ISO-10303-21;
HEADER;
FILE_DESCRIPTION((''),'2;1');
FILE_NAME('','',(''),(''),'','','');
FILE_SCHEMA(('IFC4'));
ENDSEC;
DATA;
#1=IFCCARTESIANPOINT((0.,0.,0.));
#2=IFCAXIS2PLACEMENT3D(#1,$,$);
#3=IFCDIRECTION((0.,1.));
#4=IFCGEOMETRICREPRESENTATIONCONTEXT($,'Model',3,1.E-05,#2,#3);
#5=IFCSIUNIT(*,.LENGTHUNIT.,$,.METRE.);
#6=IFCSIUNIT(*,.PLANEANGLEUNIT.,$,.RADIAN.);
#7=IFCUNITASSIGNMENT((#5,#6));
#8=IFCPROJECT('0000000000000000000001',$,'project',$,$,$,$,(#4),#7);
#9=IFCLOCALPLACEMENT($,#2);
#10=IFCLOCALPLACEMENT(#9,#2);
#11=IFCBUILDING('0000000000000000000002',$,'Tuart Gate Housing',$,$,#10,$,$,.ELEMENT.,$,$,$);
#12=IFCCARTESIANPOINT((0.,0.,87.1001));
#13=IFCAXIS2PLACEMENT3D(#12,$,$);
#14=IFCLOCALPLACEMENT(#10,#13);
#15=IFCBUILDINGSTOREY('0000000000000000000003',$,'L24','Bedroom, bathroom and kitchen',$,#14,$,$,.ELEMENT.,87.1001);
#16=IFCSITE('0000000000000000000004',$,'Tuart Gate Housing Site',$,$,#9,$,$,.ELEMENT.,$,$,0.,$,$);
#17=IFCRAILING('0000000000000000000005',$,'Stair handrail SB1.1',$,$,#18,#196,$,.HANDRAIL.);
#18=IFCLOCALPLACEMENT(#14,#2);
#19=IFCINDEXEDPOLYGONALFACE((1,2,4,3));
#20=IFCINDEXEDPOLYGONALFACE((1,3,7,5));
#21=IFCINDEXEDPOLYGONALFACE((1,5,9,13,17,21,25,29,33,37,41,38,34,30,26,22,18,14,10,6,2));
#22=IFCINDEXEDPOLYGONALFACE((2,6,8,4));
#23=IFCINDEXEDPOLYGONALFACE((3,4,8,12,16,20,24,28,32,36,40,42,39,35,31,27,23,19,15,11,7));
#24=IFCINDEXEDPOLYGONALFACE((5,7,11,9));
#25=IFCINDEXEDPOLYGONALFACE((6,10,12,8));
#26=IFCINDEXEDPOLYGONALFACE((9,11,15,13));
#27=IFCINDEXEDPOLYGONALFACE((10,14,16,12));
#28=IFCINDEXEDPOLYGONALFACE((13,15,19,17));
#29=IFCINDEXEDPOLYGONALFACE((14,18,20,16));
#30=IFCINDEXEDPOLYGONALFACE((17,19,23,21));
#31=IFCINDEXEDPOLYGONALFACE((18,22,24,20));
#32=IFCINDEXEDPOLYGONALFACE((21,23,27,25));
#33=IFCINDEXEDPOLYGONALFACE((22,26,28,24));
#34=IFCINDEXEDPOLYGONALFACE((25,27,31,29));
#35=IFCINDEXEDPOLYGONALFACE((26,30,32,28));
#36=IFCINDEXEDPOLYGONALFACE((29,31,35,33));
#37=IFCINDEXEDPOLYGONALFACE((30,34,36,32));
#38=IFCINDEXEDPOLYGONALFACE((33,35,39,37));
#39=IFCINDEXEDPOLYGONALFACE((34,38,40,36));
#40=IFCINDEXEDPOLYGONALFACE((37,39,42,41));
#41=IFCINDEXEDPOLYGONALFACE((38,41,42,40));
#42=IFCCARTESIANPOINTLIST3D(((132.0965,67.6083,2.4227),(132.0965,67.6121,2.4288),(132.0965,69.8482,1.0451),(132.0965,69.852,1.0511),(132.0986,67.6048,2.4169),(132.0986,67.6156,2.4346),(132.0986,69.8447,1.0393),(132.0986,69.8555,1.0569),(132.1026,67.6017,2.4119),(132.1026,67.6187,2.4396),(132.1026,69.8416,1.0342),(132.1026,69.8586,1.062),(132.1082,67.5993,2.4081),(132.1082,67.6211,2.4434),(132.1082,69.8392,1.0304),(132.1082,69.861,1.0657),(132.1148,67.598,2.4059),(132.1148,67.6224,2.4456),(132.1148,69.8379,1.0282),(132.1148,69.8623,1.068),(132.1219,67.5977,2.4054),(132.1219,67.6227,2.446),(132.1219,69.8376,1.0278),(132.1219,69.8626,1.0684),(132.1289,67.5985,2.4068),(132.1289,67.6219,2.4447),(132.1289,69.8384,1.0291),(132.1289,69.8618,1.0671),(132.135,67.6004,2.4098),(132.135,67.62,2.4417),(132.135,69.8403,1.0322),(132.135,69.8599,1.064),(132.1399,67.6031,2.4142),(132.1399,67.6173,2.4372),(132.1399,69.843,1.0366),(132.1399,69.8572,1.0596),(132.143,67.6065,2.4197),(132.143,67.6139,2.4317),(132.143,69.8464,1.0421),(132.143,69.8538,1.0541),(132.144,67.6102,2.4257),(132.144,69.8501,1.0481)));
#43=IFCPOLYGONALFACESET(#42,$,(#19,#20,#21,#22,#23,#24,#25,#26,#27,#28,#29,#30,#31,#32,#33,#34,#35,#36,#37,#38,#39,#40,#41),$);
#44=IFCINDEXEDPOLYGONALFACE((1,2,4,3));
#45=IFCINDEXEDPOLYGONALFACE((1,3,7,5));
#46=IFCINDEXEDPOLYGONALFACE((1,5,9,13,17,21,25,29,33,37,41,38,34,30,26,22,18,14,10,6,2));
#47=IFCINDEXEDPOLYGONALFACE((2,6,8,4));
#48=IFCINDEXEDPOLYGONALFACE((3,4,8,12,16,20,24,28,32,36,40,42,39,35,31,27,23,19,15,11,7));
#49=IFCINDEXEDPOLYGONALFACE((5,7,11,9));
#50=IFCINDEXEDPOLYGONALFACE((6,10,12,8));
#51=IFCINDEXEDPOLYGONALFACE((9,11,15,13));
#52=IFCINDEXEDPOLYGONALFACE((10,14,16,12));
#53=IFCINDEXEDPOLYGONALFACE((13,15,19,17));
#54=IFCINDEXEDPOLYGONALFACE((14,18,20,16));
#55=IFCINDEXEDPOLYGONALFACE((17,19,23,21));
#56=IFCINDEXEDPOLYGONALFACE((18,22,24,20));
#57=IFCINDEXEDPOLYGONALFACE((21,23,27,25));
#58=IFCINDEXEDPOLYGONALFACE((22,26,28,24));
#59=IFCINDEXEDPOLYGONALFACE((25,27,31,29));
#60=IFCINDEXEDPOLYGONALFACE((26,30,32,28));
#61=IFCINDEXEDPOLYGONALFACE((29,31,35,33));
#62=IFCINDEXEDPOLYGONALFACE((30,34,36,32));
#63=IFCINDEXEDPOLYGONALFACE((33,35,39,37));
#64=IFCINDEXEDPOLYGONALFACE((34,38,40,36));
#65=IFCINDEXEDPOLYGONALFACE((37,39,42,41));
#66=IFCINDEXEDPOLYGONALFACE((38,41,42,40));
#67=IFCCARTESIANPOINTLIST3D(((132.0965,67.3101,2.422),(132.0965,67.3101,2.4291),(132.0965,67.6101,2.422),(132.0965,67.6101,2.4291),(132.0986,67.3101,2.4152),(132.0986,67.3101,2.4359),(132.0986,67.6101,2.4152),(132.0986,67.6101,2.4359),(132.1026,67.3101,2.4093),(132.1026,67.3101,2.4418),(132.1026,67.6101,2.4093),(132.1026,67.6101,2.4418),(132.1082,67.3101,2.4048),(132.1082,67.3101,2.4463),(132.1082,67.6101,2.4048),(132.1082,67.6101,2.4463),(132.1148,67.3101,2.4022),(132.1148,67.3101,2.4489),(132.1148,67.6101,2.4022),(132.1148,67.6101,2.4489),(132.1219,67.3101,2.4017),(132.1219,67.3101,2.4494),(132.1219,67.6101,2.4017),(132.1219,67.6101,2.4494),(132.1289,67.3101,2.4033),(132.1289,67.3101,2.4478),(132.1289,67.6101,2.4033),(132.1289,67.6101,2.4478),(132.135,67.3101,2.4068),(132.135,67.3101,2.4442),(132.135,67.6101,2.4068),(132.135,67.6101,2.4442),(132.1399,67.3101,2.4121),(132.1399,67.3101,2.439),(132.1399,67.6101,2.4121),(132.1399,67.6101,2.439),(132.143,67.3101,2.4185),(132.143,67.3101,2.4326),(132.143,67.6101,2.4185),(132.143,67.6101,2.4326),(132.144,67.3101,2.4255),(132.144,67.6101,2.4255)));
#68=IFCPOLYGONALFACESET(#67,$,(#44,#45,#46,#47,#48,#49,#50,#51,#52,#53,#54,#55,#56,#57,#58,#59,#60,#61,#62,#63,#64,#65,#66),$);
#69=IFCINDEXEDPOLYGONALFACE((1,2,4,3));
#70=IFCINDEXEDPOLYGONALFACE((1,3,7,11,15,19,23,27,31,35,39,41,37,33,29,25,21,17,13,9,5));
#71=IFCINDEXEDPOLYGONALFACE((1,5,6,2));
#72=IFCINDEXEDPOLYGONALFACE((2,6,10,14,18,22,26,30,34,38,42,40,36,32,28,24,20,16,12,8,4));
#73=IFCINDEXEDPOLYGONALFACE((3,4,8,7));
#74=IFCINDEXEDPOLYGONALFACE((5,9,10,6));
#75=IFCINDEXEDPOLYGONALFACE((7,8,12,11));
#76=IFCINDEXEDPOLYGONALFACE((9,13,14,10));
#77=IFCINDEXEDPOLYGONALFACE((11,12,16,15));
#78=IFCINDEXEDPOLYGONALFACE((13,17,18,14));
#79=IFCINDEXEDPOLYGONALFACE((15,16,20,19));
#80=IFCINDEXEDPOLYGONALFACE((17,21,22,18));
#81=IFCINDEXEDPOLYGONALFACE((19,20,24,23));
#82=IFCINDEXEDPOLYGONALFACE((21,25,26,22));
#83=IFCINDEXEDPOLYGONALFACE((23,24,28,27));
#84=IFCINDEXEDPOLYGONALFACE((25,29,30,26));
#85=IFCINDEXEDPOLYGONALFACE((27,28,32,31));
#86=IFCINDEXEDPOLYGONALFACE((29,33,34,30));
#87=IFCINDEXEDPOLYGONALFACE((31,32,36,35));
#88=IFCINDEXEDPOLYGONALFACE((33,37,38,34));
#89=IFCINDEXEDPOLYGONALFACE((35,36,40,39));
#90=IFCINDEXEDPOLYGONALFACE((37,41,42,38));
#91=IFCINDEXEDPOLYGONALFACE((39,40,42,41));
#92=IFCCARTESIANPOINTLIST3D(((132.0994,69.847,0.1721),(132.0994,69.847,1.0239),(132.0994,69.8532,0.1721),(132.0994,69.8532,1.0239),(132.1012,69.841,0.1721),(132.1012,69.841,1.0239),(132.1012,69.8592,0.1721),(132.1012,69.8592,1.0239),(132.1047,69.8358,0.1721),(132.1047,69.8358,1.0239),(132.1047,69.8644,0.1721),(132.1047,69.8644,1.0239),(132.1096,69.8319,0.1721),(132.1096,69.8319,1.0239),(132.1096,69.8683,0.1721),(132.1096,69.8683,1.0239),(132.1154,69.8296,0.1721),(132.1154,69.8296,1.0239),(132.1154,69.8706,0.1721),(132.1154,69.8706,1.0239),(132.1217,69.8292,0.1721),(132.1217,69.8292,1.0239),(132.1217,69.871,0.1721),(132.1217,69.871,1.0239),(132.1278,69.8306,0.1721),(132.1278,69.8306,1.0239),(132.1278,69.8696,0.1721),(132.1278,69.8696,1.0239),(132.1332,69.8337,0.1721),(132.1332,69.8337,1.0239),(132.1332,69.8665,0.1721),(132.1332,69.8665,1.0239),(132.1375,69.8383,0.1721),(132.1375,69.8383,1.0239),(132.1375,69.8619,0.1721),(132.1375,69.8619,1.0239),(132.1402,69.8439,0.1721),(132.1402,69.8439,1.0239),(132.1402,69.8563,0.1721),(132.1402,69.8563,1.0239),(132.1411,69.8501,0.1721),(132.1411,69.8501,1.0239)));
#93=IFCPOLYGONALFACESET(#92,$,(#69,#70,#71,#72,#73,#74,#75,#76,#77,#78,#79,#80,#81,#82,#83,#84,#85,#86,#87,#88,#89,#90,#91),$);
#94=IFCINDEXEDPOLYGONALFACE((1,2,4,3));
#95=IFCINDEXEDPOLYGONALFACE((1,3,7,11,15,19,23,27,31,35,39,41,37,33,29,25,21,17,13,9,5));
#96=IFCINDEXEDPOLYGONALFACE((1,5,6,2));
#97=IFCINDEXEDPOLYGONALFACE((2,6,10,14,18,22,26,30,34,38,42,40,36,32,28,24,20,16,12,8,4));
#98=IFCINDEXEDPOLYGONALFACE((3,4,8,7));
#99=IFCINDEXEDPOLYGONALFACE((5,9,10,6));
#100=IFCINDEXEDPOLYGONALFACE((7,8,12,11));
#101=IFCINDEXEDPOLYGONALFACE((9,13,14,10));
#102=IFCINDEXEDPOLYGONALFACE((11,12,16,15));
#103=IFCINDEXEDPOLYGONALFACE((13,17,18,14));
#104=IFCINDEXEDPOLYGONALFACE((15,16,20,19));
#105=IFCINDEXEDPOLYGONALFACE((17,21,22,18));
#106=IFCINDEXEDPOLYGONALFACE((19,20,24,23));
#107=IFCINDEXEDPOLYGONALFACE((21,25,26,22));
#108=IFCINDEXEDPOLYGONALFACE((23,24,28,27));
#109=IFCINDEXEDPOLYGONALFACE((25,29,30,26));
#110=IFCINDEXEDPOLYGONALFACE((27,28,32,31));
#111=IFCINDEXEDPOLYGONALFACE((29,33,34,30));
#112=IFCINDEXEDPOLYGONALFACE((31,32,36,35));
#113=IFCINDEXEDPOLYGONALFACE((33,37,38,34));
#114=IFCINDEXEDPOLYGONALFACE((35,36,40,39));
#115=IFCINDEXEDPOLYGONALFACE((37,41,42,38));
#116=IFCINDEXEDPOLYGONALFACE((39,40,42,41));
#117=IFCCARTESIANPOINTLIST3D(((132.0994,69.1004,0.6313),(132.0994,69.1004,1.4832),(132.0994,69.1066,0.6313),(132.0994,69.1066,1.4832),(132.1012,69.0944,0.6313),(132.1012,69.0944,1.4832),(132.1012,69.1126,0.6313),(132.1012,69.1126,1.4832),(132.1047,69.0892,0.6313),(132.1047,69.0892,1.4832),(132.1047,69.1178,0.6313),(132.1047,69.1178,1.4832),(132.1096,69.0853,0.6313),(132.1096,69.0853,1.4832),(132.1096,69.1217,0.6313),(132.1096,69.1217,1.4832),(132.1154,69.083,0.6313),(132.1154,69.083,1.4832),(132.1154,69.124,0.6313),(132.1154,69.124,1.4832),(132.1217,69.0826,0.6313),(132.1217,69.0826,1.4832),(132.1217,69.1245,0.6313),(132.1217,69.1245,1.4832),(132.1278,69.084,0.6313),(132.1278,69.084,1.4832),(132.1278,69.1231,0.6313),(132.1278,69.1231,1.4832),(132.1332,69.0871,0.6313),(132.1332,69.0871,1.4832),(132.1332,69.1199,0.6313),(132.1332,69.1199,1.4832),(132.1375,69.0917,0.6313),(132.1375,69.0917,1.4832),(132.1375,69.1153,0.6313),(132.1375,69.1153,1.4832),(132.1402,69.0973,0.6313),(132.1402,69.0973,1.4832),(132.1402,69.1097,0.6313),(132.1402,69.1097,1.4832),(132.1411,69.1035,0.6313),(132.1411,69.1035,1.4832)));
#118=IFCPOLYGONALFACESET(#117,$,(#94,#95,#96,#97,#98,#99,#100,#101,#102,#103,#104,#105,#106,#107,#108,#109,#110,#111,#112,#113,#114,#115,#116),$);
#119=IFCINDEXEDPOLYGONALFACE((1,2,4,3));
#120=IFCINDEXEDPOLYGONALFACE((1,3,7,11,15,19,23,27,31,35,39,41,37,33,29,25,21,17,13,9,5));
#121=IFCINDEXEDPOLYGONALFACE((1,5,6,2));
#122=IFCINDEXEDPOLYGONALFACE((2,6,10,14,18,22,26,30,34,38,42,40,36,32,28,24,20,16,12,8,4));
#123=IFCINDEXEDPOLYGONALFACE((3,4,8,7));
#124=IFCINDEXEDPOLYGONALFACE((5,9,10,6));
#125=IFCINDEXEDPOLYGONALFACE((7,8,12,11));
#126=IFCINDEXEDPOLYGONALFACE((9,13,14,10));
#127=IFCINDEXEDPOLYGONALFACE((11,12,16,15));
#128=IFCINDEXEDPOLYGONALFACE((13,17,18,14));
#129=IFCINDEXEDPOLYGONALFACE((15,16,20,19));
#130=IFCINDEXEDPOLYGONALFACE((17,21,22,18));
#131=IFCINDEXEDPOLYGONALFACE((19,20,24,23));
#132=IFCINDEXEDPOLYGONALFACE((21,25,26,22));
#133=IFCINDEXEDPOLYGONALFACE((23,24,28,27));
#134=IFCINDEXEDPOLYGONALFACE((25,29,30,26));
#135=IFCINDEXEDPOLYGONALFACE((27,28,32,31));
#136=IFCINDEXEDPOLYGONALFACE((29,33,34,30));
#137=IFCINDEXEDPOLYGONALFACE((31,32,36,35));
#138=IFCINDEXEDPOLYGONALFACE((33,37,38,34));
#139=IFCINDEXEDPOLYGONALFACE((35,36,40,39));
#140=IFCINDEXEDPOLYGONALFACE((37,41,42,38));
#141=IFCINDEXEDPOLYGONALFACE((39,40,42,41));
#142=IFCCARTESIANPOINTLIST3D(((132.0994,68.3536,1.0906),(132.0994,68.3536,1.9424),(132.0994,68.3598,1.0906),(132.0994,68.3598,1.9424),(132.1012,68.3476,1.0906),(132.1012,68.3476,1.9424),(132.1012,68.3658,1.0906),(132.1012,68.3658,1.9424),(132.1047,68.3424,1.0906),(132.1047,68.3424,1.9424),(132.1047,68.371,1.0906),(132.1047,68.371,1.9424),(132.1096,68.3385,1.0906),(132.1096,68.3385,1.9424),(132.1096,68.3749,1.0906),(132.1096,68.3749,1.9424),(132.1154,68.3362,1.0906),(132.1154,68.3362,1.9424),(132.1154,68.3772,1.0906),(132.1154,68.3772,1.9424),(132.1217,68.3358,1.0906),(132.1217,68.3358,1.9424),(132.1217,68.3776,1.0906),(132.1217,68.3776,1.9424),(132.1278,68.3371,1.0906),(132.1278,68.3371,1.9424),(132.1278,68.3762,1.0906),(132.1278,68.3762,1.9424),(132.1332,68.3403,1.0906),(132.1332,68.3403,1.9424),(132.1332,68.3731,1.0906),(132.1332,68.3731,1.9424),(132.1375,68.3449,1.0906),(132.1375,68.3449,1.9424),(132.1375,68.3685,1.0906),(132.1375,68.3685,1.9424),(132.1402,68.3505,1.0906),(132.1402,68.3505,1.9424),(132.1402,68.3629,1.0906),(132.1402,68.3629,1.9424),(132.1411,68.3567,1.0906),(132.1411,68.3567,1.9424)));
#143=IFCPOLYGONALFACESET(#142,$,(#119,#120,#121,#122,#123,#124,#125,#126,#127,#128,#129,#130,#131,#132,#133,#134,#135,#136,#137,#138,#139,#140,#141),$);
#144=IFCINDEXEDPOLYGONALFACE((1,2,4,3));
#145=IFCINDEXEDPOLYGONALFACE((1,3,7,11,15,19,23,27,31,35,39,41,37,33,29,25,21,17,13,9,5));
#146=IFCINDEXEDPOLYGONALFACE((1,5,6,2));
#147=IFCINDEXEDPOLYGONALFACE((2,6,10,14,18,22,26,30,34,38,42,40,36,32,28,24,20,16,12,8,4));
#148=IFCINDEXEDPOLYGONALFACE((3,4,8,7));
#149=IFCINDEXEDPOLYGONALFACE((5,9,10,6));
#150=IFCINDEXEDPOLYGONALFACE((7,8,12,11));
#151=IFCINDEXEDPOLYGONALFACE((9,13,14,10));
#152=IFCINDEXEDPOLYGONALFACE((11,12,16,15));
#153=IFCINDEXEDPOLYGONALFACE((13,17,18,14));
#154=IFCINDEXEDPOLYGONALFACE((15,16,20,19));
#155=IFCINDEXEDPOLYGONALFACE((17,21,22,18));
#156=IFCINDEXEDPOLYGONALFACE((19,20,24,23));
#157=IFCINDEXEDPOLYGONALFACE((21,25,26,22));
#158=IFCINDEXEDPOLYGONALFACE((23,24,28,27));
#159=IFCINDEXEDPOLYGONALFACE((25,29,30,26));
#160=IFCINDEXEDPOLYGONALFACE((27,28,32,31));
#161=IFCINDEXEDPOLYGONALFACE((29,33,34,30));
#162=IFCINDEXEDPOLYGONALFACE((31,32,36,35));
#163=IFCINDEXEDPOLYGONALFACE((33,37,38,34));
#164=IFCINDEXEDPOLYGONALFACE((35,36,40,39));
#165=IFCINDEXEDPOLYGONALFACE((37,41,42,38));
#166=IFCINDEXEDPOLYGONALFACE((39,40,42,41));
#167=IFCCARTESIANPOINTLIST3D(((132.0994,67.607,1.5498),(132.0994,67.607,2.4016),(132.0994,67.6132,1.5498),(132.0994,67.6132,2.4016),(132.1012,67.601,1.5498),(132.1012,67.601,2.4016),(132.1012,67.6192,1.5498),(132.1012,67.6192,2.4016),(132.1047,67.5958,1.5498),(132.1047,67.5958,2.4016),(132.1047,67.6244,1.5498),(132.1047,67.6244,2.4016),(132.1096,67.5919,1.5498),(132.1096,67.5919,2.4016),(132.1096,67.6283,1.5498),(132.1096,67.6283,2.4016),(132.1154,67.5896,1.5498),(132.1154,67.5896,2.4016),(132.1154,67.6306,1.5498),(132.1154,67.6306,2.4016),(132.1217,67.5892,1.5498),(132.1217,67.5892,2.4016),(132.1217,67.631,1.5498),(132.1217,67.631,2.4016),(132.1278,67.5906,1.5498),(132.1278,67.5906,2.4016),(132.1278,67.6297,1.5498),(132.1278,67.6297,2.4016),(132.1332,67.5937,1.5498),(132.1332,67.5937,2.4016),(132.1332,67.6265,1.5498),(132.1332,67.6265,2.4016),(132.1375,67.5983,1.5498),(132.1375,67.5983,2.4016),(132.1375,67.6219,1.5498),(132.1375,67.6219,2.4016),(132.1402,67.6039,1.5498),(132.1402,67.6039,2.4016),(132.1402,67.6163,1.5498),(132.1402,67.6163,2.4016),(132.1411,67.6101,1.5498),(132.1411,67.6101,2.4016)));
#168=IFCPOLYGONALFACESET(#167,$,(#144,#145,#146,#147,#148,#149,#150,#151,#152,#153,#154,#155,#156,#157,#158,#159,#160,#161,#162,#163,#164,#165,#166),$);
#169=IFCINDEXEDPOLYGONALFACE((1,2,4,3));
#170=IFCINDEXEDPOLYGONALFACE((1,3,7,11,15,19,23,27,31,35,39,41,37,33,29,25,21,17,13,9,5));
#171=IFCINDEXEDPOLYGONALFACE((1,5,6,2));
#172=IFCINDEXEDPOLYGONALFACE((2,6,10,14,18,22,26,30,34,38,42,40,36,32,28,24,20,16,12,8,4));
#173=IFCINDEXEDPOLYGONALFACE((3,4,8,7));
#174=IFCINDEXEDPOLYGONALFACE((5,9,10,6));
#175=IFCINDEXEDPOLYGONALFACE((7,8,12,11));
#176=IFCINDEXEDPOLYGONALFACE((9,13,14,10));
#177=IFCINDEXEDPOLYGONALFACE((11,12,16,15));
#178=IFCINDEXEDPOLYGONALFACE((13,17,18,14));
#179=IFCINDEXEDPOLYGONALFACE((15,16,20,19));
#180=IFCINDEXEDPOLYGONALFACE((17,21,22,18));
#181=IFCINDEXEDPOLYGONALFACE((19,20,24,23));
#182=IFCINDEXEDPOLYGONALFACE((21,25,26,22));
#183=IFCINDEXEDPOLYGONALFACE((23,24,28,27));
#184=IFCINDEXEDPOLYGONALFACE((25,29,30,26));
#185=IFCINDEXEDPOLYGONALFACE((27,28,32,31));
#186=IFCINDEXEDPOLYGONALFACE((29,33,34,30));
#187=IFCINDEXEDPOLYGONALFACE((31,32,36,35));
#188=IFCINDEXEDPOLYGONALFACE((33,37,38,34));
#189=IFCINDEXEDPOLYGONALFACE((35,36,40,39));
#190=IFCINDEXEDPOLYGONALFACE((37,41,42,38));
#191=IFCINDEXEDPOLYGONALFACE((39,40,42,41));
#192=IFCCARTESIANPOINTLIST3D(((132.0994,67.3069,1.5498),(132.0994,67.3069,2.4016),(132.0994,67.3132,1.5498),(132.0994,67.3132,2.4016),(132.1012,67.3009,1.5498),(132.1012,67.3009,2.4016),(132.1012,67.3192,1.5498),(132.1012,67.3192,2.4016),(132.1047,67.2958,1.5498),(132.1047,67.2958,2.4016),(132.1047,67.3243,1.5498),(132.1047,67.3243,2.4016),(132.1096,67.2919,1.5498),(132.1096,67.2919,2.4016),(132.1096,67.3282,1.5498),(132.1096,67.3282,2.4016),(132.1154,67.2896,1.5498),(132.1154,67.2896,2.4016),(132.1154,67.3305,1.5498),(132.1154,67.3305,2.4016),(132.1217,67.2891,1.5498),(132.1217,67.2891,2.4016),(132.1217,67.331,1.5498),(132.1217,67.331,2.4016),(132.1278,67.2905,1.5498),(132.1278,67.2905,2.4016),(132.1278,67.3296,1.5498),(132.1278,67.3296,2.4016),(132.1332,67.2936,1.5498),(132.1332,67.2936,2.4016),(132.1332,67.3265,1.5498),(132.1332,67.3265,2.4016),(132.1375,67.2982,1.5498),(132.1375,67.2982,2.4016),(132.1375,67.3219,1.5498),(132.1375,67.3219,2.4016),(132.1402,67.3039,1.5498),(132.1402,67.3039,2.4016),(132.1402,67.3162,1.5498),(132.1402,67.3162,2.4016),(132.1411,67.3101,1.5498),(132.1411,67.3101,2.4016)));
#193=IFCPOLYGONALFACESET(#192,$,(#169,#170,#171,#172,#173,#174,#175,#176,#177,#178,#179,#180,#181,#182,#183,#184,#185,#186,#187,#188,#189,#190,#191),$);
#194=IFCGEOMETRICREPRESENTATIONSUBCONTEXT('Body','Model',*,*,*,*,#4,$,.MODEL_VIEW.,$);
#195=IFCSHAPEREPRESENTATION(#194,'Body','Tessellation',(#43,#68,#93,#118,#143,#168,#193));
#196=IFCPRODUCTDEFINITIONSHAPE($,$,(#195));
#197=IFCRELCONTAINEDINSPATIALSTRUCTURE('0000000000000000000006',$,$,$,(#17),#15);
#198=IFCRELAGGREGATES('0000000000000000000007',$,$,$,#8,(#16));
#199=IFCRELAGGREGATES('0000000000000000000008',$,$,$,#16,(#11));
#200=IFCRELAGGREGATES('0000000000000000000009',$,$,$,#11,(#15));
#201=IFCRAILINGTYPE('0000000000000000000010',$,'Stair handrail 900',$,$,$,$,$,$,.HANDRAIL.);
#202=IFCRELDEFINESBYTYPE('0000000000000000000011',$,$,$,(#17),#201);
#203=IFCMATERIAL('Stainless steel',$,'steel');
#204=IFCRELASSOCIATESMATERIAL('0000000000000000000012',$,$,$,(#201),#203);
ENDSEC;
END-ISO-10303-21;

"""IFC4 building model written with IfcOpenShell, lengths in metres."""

from ifc_helpers import new_model, si_unit, direction, frame, origin, origin_2d, place, context, subcontext, project, spatial, circle, extrude, material, type_object, element, save


model = new_model("IFC4")

# Units and contexts
model_context = context("Model", 3, precision=1e-05, world=origin(), true_north=direction((0.0, 1.0)))
body_context = subcontext(model_context, "Body", "Model", "MODEL_VIEW")
ifc_project = project(units=[si_unit("LENGTHUNIT", "METRE"), si_unit("PLANEANGLEUNIT", "RADIAN")], contexts=[model_context])

# Site, building, storey
site_placement = place(None, origin())
site = spatial("IfcSite", under=ifc_project, at=site_placement, Name="Tuart Gate Housing Site", CompositionType="ELEMENT", RefElevation=0.0)
building_placement = place(site_placement, origin())
building = spatial("IfcBuilding", under=site, at=building_placement, Name="Tuart Gate Housing", CompositionType="ELEMENT")
storey_placement = place(building_placement, frame((0.0, 0.0, 87.1001)))
storey = spatial("IfcBuildingStorey", under=building, at=storey_placement, Name="L24", Description="Bedroom, bathroom and kitchen", CompositionType="ELEMENT", Elevation=87.1001)

# Railing
ifc_material_1 = material(Name="Stainless steel", Category="steel")
railing_type = type_object("IfcRailingType", Name="Stair handrail 900", PredefinedType="HANDRAIL", material=ifc_material_1)
railing_placement = place(storey_placement, frame((132.1201, 69.8501, 0.1721)))
element("IfcRailing", 1, at=railing_placement, inside=storey, type_object=railing_type, Name="Stair handrail SB1.1", PredefinedType="HANDRAIL", context=body_context, shape_type="SweptSolid", body=[
    extrude(circle(Radius=0.0239, at=origin_2d()), frame((0.0, 0.0, 0.876), z_axis=(0.0, -0.851789, 0.523885), x_axis=(1.0, 0.0, 0.0)), (0.0, 0.0, 1.0), 2.6296),
    extrude(circle(Radius=0.0239, at=origin_2d()), frame((0.0, -2.24, 2.2534), z_axis=(0.0, -1.0, 0.0), x_axis=(1.0, 0.0, 0.0)), (0.0, 0.0, 1.0), 0.3),
    extrude(circle(Radius=0.021, at=origin_2d()), origin(), (0.0, 0.0, 1.0), 0.8518),
    extrude(circle(Radius=0.021, at=origin_2d()), frame((0.0, -0.7466, 0.4592)), (0.0, 0.0, 1.0), 0.8518),
    extrude(circle(Radius=0.021, at=origin_2d()), frame((0.0, -1.4934, 0.9185)), (0.0, 0.0, 1.0), 0.8518),
    extrude(circle(Radius=0.021, at=origin_2d()), frame((0.0, -2.24, 1.3777)), (0.0, 0.0, 1.0), 0.8518),
    extrude(circle(Radius=0.021, at=origin_2d()), frame((0.0, -2.54, 1.3777)), (0.0, 0.0, 1.0), 0.8518),
])

save(model, "model.ifc")
